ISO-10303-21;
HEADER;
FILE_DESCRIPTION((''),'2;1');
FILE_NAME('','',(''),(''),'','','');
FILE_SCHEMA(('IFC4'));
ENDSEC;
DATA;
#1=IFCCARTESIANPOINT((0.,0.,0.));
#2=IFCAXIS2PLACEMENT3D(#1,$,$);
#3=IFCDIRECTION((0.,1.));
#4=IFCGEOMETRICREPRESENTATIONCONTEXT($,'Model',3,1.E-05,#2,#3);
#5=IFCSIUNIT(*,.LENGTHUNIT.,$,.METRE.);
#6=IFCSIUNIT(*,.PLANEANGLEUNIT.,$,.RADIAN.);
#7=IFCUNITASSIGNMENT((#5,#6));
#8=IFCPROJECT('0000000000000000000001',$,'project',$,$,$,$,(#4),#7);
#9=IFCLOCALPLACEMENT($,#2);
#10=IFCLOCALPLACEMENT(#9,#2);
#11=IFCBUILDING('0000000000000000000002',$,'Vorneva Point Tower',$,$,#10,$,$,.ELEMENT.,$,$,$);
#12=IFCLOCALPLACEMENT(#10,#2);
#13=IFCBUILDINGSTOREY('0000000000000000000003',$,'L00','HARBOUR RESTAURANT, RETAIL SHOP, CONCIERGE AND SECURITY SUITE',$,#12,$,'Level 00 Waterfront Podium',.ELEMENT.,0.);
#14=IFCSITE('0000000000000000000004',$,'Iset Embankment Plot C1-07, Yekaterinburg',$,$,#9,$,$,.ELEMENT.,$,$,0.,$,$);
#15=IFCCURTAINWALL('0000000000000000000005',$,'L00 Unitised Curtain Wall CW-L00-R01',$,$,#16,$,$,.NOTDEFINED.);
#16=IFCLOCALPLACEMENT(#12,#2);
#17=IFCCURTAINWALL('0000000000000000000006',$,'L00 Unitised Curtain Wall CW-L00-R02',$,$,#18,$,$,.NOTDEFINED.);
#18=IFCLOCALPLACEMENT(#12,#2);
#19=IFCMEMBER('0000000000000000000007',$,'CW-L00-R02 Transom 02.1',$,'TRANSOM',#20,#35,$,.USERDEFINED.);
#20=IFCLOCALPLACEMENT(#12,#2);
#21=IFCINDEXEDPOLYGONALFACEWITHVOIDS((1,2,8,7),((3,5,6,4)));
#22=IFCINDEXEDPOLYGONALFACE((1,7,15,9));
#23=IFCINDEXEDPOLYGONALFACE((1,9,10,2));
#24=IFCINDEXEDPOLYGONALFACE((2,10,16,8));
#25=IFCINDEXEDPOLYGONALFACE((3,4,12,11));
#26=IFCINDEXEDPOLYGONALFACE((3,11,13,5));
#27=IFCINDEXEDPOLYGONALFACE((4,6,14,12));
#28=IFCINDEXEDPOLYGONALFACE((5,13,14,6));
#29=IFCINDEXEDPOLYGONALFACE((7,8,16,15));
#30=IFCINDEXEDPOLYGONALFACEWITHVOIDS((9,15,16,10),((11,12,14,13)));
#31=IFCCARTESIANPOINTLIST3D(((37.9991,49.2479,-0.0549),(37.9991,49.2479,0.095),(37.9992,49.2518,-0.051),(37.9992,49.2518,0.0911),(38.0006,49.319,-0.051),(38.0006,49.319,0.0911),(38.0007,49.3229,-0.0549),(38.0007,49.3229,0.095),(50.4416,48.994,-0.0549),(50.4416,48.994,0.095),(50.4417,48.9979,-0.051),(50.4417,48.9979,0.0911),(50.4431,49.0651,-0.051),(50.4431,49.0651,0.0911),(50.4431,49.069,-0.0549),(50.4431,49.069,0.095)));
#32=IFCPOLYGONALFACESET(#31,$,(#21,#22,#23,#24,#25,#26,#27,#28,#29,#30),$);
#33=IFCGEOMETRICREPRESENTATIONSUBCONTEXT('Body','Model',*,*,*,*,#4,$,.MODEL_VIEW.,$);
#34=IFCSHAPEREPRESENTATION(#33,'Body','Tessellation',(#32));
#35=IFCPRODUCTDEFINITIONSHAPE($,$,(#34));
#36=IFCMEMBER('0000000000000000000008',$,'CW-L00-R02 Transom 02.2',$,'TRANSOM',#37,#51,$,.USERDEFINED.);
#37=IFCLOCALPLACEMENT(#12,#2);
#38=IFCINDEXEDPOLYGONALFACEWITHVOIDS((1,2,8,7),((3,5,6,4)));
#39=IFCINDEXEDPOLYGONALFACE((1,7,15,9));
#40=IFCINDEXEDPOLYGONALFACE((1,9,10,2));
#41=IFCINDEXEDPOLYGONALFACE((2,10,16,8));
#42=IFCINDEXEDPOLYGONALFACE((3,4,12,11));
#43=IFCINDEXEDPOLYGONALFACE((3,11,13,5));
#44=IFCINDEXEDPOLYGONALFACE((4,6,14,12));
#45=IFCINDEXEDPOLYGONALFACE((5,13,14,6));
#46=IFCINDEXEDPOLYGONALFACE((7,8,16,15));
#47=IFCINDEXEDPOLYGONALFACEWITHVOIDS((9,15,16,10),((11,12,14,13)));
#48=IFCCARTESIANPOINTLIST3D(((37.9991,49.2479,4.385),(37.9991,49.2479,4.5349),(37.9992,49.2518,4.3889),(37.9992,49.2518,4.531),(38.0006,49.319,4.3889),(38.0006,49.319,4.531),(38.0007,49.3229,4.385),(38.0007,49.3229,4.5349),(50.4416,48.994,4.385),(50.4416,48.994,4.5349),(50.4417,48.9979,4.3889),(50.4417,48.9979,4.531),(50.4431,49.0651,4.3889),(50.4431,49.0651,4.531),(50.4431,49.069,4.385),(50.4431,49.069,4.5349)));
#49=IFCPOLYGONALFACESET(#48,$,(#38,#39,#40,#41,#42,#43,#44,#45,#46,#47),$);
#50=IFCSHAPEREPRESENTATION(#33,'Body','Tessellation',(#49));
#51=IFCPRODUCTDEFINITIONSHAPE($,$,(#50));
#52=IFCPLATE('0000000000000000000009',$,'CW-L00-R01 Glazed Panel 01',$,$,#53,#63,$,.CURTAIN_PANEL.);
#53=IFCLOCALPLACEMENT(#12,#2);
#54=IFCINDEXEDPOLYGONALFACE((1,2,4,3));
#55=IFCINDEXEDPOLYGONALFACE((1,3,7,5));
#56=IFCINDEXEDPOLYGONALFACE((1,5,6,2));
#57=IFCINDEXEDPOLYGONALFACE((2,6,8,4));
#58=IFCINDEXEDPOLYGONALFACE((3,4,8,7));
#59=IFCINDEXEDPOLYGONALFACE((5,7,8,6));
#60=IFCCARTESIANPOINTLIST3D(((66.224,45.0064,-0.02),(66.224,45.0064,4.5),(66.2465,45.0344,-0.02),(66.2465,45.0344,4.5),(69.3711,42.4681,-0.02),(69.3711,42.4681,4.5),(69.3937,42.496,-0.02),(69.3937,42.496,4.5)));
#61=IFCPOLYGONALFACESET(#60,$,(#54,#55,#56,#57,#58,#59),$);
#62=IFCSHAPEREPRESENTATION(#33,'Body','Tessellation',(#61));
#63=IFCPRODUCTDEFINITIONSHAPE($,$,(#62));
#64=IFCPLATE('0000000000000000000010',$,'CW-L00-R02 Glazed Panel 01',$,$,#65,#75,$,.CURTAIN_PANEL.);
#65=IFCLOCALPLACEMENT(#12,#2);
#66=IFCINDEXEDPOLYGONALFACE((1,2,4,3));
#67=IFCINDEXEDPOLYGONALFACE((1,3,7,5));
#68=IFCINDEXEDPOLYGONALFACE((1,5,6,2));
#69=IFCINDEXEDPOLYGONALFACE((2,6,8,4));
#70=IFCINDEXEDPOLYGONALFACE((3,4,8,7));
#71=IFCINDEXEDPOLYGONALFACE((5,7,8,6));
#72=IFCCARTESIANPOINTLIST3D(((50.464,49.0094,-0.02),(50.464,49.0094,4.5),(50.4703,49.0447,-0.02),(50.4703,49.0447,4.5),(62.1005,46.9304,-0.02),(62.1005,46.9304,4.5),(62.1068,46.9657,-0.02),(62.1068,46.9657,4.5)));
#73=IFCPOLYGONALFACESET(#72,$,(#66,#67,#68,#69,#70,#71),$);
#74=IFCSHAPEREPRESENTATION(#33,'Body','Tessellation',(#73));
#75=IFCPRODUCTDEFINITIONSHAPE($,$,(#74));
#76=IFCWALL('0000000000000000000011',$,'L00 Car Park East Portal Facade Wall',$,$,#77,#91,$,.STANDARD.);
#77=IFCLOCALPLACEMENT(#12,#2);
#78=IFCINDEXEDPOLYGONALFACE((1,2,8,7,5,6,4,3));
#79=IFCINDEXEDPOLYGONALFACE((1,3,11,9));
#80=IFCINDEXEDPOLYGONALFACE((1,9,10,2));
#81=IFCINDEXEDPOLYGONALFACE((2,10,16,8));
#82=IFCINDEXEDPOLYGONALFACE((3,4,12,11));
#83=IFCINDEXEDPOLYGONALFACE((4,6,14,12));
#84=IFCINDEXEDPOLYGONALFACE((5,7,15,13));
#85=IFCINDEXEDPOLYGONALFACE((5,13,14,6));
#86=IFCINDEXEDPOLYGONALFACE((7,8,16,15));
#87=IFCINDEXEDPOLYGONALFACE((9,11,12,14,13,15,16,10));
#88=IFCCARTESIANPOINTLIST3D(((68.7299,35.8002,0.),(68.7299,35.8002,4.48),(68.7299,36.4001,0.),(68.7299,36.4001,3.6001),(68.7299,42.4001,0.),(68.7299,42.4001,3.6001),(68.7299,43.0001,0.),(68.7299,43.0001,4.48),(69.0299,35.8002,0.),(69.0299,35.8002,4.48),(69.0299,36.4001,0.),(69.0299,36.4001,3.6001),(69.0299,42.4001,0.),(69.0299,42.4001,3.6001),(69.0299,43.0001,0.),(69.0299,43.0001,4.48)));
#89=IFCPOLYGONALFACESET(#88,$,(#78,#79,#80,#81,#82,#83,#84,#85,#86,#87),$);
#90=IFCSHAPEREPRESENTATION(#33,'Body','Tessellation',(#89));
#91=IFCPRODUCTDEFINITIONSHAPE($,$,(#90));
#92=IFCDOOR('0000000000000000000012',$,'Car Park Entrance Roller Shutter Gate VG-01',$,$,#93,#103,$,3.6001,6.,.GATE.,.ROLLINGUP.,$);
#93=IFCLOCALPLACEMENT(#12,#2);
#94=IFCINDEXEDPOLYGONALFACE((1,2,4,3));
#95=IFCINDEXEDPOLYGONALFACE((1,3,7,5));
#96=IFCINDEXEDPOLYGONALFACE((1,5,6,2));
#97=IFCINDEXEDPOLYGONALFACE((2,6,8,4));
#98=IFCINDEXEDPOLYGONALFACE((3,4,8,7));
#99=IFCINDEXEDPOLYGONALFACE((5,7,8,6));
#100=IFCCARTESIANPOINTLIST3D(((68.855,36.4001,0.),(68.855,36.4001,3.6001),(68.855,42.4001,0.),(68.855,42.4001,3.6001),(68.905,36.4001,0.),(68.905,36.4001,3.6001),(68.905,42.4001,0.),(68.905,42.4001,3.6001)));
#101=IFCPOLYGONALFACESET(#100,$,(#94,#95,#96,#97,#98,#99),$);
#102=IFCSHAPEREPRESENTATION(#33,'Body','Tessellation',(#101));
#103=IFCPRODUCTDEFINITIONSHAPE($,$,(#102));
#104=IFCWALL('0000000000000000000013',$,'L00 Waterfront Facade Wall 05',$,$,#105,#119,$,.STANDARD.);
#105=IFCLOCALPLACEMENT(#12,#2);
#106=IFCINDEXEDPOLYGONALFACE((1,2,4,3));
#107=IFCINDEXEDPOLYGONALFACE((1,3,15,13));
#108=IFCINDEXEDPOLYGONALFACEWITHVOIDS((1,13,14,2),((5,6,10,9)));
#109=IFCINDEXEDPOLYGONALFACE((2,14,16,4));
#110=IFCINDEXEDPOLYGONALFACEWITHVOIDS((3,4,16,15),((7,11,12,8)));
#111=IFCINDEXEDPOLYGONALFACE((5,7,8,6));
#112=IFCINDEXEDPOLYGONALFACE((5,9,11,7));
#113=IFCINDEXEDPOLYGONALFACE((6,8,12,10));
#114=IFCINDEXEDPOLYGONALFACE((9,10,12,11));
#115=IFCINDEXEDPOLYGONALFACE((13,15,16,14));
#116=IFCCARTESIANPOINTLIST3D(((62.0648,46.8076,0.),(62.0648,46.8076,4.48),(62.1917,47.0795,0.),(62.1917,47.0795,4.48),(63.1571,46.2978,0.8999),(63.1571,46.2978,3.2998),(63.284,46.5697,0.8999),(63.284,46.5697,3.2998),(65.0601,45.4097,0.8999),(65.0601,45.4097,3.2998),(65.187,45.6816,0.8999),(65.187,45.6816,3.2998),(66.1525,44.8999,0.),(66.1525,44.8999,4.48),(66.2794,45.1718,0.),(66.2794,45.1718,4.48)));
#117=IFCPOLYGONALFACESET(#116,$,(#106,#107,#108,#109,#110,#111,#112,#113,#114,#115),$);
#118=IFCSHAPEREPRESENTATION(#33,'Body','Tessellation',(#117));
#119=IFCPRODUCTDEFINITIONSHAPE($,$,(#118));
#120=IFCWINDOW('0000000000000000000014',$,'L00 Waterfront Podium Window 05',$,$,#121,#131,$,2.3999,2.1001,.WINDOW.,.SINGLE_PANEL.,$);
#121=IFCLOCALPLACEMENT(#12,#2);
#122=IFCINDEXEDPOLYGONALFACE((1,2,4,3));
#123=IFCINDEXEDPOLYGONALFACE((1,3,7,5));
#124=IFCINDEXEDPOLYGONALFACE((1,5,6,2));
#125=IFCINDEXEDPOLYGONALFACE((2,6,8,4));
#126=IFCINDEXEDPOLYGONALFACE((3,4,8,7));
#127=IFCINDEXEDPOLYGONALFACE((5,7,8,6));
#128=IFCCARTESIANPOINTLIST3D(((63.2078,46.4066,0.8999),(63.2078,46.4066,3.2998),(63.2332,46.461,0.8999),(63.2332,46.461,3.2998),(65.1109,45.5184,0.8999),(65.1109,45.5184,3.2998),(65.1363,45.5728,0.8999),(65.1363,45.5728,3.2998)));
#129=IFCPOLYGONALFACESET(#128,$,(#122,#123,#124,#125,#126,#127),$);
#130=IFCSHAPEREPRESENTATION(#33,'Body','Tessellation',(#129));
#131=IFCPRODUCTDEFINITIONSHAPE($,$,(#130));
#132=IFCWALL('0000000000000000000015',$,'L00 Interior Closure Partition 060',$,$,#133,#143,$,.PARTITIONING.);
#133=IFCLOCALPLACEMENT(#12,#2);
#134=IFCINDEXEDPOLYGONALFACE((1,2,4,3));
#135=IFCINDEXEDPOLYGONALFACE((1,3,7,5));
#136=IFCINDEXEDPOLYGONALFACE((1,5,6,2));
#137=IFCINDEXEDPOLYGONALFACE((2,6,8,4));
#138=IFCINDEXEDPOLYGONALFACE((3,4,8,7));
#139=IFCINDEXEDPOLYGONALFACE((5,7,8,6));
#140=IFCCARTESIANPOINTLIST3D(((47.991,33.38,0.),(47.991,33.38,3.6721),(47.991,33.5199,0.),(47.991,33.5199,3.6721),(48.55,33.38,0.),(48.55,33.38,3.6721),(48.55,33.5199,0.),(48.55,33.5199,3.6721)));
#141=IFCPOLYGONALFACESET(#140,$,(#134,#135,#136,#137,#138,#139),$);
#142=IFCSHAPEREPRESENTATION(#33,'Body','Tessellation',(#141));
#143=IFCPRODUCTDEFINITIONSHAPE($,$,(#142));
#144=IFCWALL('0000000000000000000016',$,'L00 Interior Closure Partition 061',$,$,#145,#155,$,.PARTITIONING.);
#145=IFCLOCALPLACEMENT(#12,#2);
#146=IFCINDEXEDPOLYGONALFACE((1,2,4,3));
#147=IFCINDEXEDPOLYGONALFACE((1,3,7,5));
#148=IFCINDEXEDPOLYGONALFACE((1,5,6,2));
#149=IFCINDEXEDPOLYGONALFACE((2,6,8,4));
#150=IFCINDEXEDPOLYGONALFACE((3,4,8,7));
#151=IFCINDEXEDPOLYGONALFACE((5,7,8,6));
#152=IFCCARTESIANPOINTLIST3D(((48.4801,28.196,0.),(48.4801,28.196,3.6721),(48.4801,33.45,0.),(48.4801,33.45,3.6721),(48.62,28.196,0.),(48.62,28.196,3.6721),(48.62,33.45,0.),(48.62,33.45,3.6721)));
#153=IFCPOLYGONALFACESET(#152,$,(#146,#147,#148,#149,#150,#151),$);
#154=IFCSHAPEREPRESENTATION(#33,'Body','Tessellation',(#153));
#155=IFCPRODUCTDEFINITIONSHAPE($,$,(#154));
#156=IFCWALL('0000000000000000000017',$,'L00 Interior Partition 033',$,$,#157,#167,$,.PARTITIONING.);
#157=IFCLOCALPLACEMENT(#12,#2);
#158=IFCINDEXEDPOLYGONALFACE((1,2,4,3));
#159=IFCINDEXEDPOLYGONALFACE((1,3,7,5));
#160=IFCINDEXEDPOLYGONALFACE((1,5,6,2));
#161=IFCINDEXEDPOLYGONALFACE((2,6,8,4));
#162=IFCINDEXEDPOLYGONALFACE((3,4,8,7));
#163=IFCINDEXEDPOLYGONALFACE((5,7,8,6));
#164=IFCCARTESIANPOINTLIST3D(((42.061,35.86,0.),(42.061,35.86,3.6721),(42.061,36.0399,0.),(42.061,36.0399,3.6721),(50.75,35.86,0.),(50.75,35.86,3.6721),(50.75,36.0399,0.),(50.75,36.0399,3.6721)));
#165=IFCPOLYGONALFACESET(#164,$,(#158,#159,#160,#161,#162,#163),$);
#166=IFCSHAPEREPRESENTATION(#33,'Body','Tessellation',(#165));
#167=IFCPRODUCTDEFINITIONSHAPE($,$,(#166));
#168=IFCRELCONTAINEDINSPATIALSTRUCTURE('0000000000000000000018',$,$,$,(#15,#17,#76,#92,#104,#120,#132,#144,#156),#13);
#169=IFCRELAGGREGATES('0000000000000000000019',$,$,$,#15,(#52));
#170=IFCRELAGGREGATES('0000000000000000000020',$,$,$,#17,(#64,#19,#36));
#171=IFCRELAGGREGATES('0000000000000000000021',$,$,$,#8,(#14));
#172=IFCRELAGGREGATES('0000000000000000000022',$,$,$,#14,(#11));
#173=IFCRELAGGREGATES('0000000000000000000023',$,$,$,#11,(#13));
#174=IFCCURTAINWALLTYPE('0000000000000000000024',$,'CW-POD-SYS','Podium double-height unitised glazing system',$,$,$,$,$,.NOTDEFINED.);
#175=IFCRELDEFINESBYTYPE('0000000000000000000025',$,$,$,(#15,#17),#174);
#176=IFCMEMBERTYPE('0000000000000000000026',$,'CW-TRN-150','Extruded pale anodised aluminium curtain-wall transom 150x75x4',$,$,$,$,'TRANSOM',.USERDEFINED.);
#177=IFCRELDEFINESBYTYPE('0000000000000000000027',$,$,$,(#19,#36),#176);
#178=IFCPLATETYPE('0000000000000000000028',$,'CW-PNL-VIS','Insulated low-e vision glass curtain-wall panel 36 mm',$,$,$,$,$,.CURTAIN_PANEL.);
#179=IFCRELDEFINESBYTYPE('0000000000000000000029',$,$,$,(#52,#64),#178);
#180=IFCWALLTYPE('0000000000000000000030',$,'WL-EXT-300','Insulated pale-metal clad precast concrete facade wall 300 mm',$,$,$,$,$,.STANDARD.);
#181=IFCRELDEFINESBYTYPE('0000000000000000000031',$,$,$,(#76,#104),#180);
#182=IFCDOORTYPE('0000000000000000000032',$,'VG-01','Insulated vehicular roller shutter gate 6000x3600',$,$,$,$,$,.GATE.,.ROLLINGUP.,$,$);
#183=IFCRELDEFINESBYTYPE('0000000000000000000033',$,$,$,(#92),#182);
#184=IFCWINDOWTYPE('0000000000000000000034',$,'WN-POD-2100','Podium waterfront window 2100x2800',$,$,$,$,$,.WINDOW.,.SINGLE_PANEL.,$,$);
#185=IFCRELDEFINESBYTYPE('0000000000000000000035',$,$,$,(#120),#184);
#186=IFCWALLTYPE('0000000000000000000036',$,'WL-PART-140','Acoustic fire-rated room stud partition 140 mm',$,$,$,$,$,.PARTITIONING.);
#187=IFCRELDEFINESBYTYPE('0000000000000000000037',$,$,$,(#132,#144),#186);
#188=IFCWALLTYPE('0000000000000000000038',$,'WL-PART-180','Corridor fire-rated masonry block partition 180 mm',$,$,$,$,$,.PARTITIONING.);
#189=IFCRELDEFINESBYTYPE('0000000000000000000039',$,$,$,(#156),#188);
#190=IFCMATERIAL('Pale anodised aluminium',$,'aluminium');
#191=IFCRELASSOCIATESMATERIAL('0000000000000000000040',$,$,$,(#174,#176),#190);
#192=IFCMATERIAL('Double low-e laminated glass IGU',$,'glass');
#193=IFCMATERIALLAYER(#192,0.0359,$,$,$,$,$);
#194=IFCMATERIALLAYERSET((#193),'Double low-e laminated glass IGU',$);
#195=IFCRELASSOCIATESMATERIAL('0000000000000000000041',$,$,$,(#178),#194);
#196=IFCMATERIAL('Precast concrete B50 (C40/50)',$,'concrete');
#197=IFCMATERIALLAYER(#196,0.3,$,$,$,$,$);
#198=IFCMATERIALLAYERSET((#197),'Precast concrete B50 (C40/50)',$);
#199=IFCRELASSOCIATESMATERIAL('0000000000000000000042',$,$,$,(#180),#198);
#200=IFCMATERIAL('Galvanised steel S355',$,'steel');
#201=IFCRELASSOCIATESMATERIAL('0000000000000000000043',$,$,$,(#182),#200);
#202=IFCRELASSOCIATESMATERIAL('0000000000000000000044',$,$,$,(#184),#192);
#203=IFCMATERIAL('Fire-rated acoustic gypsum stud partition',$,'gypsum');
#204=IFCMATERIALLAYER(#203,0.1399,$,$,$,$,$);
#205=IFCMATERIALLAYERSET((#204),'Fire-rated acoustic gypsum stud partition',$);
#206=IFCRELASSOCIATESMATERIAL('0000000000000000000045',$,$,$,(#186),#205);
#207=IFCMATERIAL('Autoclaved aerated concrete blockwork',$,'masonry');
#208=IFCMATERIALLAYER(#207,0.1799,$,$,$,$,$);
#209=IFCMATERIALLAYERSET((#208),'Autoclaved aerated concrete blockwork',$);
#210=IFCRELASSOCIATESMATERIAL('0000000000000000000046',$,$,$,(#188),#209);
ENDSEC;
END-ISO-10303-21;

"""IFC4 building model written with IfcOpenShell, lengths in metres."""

from ifc_helpers import new_model, si_unit, direction, frame, frame_2d, origin, origin_2d, place, context, subcontext, project, spatial, rectangle, hollow_rectangle, extrude, material, layer, layer_set, material_profile, profile_set, type_object, element, fill, aggregate, save


model = new_model("IFC4")

# Units and contexts
model_context = context("Model", 3, precision=1e-05, world=origin(), true_north=direction((0.0, 1.0)))
body_context = subcontext(model_context, "Body", "Model", "MODEL_VIEW")
ifc_project = project(units=[si_unit("LENGTHUNIT", "METRE"), si_unit("PLANEANGLEUNIT", "RADIAN")], contexts=[model_context])

# Site, building, storey
site_placement = place(None, origin())
site = spatial("IfcSite", under=ifc_project, at=site_placement, Name="Iset Embankment Plot C1-07, Yekaterinburg", CompositionType="ELEMENT", RefElevation=0.0)
building_placement = place(site_placement, origin())
building = spatial("IfcBuilding", under=site, at=building_placement, Name="Vorneva Point Tower", CompositionType="ELEMENT")
storey_placement = place(building_placement, origin())
storey = spatial("IfcBuildingStorey", under=building, at=storey_placement, Name="L00", Description="HARBOUR RESTAURANT, RETAIL SHOP, CONCIERGE AND SECURITY SUITE", LongName="Level 00 Waterfront Podium", CompositionType="ELEMENT", Elevation=0.0)

# Curtain walls
ifc_material_1 = material(Name="Pale anodised aluminium", Category="aluminium")
curtain_wall_type = type_object("IfcCurtainWallType", Name="CW-POD-SYS", Description="Podium double-height unitised glazing system", PredefinedType="NOTDEFINED", material=ifc_material_1)
curtain_wall_1_placement = place(storey_placement, origin())
curtain_wall_1 = element("IfcCurtainWall", 1, at=curtain_wall_1_placement, inside=storey, type_object=curtain_wall_type, Name="L00 Unitised Curtain Wall CW-L00-R01", PredefinedType="NOTDEFINED")
curtain_wall_2_placement = place(storey_placement, origin())
curtain_wall_2 = element("IfcCurtainWall", 2, at=curtain_wall_2_placement, inside=storey, type_object=curtain_wall_type, Name="L00 Unitised Curtain Wall CW-L00-R02", PredefinedType="NOTDEFINED")

# Members
ifc_material_profile_1 = material_profile(ifc_material_1, hollow_rectangle(XDim=0.075, YDim=0.1499, WallThickness=0.0039, at=origin_2d()), Name="AL-TRN 150x75x4")
ifc_profile_set_1 = profile_set([ifc_material_profile_1], Name="Pale anodised aluminium")
member_type_1 = type_object("IfcMemberType", Name="CW-TRN-150", Description="Extruded pale anodised aluminium curtain-wall transom 150x75x4", ElementType="TRANSOM", PredefinedType="USERDEFINED", material=ifc_profile_set_1)
member_1_placement = place(storey_placement, frame((50.4424, 49.0315, 0.02), z_axis=(-0.999792, 0.020402, 0.0), x_axis=(-0.020402, -0.999792, 0.0)))
member_1 = element("IfcMember", 3, at=member_1_placement, type_object=member_type_1, Name="CW-L00-R02 Transom 02.1", ObjectType="TRANSOM", PredefinedType="USERDEFINED", context=body_context, shape_type="SweptSolid", body=[
    extrude(hollow_rectangle(XDim=0.075, YDim=0.1499, WallThickness=0.0039, at=origin_2d()), origin(), (0.0, 0.0, 1.0), 12.4451),
])
member_2_placement = place(storey_placement, frame((50.4424, 49.0315, 4.46), z_axis=(-0.999792, 0.020402, 0.0), x_axis=(-0.020402, -0.999792, 0.0)))
member_2 = element("IfcMember", 4, at=member_2_placement, type_object=member_type_1, Name="CW-L00-R02 Transom 02.2", ObjectType="TRANSOM", PredefinedType="USERDEFINED", context=body_context, shape_type="SweptSolid", body=[
    extrude(hollow_rectangle(XDim=0.075, YDim=0.1499, WallThickness=0.0039, at=origin_2d()), origin(), (0.0, 0.0, 1.0), 12.4451),
])

# Plates
ifc_material_2 = material(Name="Double low-e laminated glass IGU", Category="glass")
ifc_layer_1 = layer(ifc_material_2, 0.0359)
ifc_layer_set_1 = layer_set([ifc_layer_1], Name="Double low-e laminated glass IGU")
plate_type = type_object("IfcPlateType", Name="CW-PNL-VIS", Description="Insulated low-e vision glass curtain-wall panel 36 mm", PredefinedType="CURTAIN_PANEL", material=ifc_layer_set_1)
plate_1_placement = place(storey_placement, frame((67.8088, 43.7512, -0.02), z_axis=(0.0, 0.0, 1.0), x_axis=(-0.778375, 0.6278, 0.0)))
plate_1 = element("IfcPlate", 5, at=plate_1_placement, type_object=plate_type, Name="CW-L00-R01 Glazed Panel 01", PredefinedType="CURTAIN_PANEL", context=body_context, shape_type="SweptSolid", body=[
    extrude(rectangle(XDim=4.0432, YDim=0.0359, at=origin_2d()), origin(), (0.0, 0.0, 1.0), 4.52),
])
aggregate(curtain_wall_1, [plate_1])
plate_2_placement = place(storey_placement, frame((56.2854, 47.9875, -0.02), z_axis=(0.0, 0.0, 1.0), x_axis=(-0.984411, 0.175882, 0.0)))
plate_2 = element("IfcPlate", 6, at=plate_2_placement, type_object=plate_type, Name="CW-L00-R02 Glazed Panel 01", PredefinedType="CURTAIN_PANEL", context=body_context, shape_type="SweptSolid", body=[
    extrude(rectangle(XDim=11.8208, YDim=0.0359, at=origin_2d()), origin(), (0.0, 0.0, 1.0), 4.52),
])
aggregate(curtain_wall_2, [plate_2, member_1, member_2])

# Wall, opening, door
ifc_material_3 = material(Name="Precast concrete B50 (C40/50)", Category="concrete")
ifc_layer_2 = layer(ifc_material_3, 0.3)
ifc_layer_set_2 = layer_set([ifc_layer_2], Name="Precast concrete B50 (C40/50)")
wall_type_1 = type_object("IfcWallType", Name="WL-EXT-300", Description="Insulated pale-metal clad precast concrete facade wall 300 mm", PredefinedType="STANDARD", material=ifc_layer_set_2)
wall_1_placement = place(storey_placement, frame((68.8799, 35.8, 0.0), z_axis=(0.0, 0.0, 1.0), x_axis=(0.0, 1.0, 0.0)))
wall_1 = element("IfcWall", 7, at=wall_1_placement, inside=storey, type_object=wall_type_1, Name="L00 Car Park East Portal Facade Wall", PredefinedType="STANDARD", context=body_context, shape_type="SweptSolid", body=[
    extrude(rectangle(XDim=7.2, YDim=0.3, at=frame_2d((3.6001, 0.0))), origin(), (0.0, 0.0, 1.0), 4.48),
])
opening_1_placement = place(wall_1_placement, frame((0.6001, 0.0, 0.0)))
opening_1 = element("IfcOpeningElement", 8, at=opening_1_placement, cuts=wall_1, PredefinedType="OPENING", context=body_context, shape_type="SweptSolid", body=[
    extrude(rectangle(XDim=6.0, YDim=3.6001, at=frame_2d((3.0, 1.8))), frame((0.0, 0.165, 0.0), z_axis=(0.0, -1.0, 0.0), x_axis=(1.0, 0.0, 0.0)), (0.0, 0.0, 1.0), 0.3298),
])
ifc_material_4 = material(Name="Galvanised steel S355", Category="steel")
door_type_1 = type_object("IfcDoorType", Name="VG-01", Description="Insulated vehicular roller shutter gate 6000x3600", OperationType="ROLLINGUP", PredefinedType="GATE", material=ifc_material_4)
door_1_placement = place(opening_1_placement, origin())
door_1 = element("IfcDoor", 9, at=door_1_placement, inside=storey, type_object=door_type_1, Name="Car Park Entrance Roller Shutter Gate VG-01", OperationType="ROLLINGUP", OverallHeight=3.6001, OverallWidth=6.0, PredefinedType="GATE", context=body_context, shape_type="SweptSolid", body=[
    extrude(rectangle(XDim=6.0, YDim=3.6001, at=frame_2d((3.0, 1.8))), frame((0.0, 0.0249, 0.0), z_axis=(0.0, -1.0, 0.0), x_axis=(1.0, 0.0, 0.0)), (0.0, 0.0, 1.0), 0.05),
])
fill(opening_1, door_1)

# Wall, opening, window
wall_2_placement = place(storey_placement, frame((66.2158, 45.0359, 0.0), z_axis=(0.0, 0.0, 1.0), x_axis=(-0.906171, 0.422912, 0.0)))
wall_2 = element("IfcWall", 10, at=wall_2_placement, inside=storey, type_object=wall_type_1, Name="L00 Waterfront Facade Wall 05", PredefinedType="STANDARD", context=body_context, shape_type="SweptSolid", body=[
    extrude(rectangle(XDim=4.511, YDim=0.3, at=frame_2d((2.2554, 0.0))), origin(), (0.0, 0.0, 1.0), 4.48),
])
opening_2_placement = place(wall_2_placement, frame((1.2053, 0.0, 0.8999)))
opening_2 = element("IfcOpeningElement", 11, at=opening_2_placement, cuts=wall_2, PredefinedType="OPENING", context=body_context, shape_type="SweptSolid", body=[
    extrude(rectangle(XDim=2.1001, YDim=2.3999, at=frame_2d((1.05, 1.2))), frame((0.0, 0.165, 0.0), z_axis=(0.0, -1.0, 0.0), x_axis=(1.0, 0.0, 0.0)), (0.0, 0.0, 1.0), 0.3298),
])
window_type = type_object("IfcWindowType", Name="WN-POD-2100", Description="Podium waterfront window 2100x2800", PartitioningType="SINGLE_PANEL", PredefinedType="WINDOW", material=ifc_material_2)
window_placement = place(opening_2_placement, origin())
window = element("IfcWindow", 12, at=window_placement, inside=storey, type_object=window_type, Name="L00 Waterfront Podium Window 05", OverallHeight=2.3999, OverallWidth=2.1001, PartitioningType="SINGLE_PANEL", PredefinedType="WINDOW", context=body_context, shape_type="SweptSolid", body=[
    extrude(rectangle(XDim=2.1001, YDim=2.3999, at=frame_2d((1.05, 1.2))), frame((0.0, 0.03, 0.0), z_axis=(0.0, -1.0, 0.0), x_axis=(1.0, 0.0, 0.0)), (0.0, 0.0, 1.0), 0.0601),
])
fill(opening_2, window)

# Walls
ifc_material_5 = material(Name="Fire-rated acoustic gypsum stud partition", Category="gypsum")
ifc_layer_3 = layer(ifc_material_5, 0.1399)
ifc_layer_set_3 = layer_set([ifc_layer_3], Name="Fire-rated acoustic gypsum stud partition")
wall_type_2 = type_object("IfcWallType", Name="WL-PART-140", Description="Acoustic fire-rated room stud partition 140 mm", PredefinedType="PARTITIONING", material=ifc_layer_set_3)
wall_3_placement = place(storey_placement, frame((47.991, 33.45, 0.0), z_axis=(0.0, 0.0, 1.0), x_axis=(1.0, 0.0, 0.0)))
element("IfcWall", 13, at=wall_3_placement, inside=storey, type_object=wall_type_2, Name="L00 Interior Closure Partition 060", PredefinedType="PARTITIONING", context=body_context, shape_type="SweptSolid", body=[
    extrude(rectangle(XDim=0.5591, YDim=0.1399, at=frame_2d((0.2795, 0.0))), origin(), (0.0, 0.0, 1.0), 3.6721),
])
wall_4_placement = place(storey_placement, frame((48.55, 33.45, 0.0), z_axis=(0.0, 0.0, 1.0), x_axis=(0.0, -1.0, 0.0)))
element("IfcWall", 14, at=wall_4_placement, inside=storey, type_object=wall_type_2, Name="L00 Interior Closure Partition 061", PredefinedType="PARTITIONING", context=body_context, shape_type="SweptSolid", body=[
    extrude(rectangle(XDim=5.2539, YDim=0.1399, at=frame_2d((2.627, 0.0))), origin(), (0.0, 0.0, 1.0), 3.6721),
])
ifc_material_6 = material(Name="Autoclaved aerated concrete blockwork", Category="masonry")
ifc_layer_4 = layer(ifc_material_6, 0.1799)
ifc_layer_set_4 = layer_set([ifc_layer_4], Name="Autoclaved aerated concrete blockwork")
wall_type_3 = type_object("IfcWallType", Name="WL-PART-180", Description="Corridor fire-rated masonry block partition 180 mm", PredefinedType="PARTITIONING", material=ifc_layer_set_4)
wall_5_placement = place(storey_placement, frame((50.75, 35.95, 0.0), z_axis=(0.0, 0.0, 1.0), x_axis=(-1.0, 0.0, 0.0)))
element("IfcWall", 15, at=wall_5_placement, inside=storey, type_object=wall_type_3, Name="L00 Interior Partition 033", PredefinedType="PARTITIONING", context=body_context, shape_type="SweptSolid", body=[
    extrude(rectangle(XDim=8.689, YDim=0.1799, at=frame_2d((4.3445, 0.0))), origin(), (0.0, 0.0, 1.0), 3.6721),
])

save(model, "model.ifc")
